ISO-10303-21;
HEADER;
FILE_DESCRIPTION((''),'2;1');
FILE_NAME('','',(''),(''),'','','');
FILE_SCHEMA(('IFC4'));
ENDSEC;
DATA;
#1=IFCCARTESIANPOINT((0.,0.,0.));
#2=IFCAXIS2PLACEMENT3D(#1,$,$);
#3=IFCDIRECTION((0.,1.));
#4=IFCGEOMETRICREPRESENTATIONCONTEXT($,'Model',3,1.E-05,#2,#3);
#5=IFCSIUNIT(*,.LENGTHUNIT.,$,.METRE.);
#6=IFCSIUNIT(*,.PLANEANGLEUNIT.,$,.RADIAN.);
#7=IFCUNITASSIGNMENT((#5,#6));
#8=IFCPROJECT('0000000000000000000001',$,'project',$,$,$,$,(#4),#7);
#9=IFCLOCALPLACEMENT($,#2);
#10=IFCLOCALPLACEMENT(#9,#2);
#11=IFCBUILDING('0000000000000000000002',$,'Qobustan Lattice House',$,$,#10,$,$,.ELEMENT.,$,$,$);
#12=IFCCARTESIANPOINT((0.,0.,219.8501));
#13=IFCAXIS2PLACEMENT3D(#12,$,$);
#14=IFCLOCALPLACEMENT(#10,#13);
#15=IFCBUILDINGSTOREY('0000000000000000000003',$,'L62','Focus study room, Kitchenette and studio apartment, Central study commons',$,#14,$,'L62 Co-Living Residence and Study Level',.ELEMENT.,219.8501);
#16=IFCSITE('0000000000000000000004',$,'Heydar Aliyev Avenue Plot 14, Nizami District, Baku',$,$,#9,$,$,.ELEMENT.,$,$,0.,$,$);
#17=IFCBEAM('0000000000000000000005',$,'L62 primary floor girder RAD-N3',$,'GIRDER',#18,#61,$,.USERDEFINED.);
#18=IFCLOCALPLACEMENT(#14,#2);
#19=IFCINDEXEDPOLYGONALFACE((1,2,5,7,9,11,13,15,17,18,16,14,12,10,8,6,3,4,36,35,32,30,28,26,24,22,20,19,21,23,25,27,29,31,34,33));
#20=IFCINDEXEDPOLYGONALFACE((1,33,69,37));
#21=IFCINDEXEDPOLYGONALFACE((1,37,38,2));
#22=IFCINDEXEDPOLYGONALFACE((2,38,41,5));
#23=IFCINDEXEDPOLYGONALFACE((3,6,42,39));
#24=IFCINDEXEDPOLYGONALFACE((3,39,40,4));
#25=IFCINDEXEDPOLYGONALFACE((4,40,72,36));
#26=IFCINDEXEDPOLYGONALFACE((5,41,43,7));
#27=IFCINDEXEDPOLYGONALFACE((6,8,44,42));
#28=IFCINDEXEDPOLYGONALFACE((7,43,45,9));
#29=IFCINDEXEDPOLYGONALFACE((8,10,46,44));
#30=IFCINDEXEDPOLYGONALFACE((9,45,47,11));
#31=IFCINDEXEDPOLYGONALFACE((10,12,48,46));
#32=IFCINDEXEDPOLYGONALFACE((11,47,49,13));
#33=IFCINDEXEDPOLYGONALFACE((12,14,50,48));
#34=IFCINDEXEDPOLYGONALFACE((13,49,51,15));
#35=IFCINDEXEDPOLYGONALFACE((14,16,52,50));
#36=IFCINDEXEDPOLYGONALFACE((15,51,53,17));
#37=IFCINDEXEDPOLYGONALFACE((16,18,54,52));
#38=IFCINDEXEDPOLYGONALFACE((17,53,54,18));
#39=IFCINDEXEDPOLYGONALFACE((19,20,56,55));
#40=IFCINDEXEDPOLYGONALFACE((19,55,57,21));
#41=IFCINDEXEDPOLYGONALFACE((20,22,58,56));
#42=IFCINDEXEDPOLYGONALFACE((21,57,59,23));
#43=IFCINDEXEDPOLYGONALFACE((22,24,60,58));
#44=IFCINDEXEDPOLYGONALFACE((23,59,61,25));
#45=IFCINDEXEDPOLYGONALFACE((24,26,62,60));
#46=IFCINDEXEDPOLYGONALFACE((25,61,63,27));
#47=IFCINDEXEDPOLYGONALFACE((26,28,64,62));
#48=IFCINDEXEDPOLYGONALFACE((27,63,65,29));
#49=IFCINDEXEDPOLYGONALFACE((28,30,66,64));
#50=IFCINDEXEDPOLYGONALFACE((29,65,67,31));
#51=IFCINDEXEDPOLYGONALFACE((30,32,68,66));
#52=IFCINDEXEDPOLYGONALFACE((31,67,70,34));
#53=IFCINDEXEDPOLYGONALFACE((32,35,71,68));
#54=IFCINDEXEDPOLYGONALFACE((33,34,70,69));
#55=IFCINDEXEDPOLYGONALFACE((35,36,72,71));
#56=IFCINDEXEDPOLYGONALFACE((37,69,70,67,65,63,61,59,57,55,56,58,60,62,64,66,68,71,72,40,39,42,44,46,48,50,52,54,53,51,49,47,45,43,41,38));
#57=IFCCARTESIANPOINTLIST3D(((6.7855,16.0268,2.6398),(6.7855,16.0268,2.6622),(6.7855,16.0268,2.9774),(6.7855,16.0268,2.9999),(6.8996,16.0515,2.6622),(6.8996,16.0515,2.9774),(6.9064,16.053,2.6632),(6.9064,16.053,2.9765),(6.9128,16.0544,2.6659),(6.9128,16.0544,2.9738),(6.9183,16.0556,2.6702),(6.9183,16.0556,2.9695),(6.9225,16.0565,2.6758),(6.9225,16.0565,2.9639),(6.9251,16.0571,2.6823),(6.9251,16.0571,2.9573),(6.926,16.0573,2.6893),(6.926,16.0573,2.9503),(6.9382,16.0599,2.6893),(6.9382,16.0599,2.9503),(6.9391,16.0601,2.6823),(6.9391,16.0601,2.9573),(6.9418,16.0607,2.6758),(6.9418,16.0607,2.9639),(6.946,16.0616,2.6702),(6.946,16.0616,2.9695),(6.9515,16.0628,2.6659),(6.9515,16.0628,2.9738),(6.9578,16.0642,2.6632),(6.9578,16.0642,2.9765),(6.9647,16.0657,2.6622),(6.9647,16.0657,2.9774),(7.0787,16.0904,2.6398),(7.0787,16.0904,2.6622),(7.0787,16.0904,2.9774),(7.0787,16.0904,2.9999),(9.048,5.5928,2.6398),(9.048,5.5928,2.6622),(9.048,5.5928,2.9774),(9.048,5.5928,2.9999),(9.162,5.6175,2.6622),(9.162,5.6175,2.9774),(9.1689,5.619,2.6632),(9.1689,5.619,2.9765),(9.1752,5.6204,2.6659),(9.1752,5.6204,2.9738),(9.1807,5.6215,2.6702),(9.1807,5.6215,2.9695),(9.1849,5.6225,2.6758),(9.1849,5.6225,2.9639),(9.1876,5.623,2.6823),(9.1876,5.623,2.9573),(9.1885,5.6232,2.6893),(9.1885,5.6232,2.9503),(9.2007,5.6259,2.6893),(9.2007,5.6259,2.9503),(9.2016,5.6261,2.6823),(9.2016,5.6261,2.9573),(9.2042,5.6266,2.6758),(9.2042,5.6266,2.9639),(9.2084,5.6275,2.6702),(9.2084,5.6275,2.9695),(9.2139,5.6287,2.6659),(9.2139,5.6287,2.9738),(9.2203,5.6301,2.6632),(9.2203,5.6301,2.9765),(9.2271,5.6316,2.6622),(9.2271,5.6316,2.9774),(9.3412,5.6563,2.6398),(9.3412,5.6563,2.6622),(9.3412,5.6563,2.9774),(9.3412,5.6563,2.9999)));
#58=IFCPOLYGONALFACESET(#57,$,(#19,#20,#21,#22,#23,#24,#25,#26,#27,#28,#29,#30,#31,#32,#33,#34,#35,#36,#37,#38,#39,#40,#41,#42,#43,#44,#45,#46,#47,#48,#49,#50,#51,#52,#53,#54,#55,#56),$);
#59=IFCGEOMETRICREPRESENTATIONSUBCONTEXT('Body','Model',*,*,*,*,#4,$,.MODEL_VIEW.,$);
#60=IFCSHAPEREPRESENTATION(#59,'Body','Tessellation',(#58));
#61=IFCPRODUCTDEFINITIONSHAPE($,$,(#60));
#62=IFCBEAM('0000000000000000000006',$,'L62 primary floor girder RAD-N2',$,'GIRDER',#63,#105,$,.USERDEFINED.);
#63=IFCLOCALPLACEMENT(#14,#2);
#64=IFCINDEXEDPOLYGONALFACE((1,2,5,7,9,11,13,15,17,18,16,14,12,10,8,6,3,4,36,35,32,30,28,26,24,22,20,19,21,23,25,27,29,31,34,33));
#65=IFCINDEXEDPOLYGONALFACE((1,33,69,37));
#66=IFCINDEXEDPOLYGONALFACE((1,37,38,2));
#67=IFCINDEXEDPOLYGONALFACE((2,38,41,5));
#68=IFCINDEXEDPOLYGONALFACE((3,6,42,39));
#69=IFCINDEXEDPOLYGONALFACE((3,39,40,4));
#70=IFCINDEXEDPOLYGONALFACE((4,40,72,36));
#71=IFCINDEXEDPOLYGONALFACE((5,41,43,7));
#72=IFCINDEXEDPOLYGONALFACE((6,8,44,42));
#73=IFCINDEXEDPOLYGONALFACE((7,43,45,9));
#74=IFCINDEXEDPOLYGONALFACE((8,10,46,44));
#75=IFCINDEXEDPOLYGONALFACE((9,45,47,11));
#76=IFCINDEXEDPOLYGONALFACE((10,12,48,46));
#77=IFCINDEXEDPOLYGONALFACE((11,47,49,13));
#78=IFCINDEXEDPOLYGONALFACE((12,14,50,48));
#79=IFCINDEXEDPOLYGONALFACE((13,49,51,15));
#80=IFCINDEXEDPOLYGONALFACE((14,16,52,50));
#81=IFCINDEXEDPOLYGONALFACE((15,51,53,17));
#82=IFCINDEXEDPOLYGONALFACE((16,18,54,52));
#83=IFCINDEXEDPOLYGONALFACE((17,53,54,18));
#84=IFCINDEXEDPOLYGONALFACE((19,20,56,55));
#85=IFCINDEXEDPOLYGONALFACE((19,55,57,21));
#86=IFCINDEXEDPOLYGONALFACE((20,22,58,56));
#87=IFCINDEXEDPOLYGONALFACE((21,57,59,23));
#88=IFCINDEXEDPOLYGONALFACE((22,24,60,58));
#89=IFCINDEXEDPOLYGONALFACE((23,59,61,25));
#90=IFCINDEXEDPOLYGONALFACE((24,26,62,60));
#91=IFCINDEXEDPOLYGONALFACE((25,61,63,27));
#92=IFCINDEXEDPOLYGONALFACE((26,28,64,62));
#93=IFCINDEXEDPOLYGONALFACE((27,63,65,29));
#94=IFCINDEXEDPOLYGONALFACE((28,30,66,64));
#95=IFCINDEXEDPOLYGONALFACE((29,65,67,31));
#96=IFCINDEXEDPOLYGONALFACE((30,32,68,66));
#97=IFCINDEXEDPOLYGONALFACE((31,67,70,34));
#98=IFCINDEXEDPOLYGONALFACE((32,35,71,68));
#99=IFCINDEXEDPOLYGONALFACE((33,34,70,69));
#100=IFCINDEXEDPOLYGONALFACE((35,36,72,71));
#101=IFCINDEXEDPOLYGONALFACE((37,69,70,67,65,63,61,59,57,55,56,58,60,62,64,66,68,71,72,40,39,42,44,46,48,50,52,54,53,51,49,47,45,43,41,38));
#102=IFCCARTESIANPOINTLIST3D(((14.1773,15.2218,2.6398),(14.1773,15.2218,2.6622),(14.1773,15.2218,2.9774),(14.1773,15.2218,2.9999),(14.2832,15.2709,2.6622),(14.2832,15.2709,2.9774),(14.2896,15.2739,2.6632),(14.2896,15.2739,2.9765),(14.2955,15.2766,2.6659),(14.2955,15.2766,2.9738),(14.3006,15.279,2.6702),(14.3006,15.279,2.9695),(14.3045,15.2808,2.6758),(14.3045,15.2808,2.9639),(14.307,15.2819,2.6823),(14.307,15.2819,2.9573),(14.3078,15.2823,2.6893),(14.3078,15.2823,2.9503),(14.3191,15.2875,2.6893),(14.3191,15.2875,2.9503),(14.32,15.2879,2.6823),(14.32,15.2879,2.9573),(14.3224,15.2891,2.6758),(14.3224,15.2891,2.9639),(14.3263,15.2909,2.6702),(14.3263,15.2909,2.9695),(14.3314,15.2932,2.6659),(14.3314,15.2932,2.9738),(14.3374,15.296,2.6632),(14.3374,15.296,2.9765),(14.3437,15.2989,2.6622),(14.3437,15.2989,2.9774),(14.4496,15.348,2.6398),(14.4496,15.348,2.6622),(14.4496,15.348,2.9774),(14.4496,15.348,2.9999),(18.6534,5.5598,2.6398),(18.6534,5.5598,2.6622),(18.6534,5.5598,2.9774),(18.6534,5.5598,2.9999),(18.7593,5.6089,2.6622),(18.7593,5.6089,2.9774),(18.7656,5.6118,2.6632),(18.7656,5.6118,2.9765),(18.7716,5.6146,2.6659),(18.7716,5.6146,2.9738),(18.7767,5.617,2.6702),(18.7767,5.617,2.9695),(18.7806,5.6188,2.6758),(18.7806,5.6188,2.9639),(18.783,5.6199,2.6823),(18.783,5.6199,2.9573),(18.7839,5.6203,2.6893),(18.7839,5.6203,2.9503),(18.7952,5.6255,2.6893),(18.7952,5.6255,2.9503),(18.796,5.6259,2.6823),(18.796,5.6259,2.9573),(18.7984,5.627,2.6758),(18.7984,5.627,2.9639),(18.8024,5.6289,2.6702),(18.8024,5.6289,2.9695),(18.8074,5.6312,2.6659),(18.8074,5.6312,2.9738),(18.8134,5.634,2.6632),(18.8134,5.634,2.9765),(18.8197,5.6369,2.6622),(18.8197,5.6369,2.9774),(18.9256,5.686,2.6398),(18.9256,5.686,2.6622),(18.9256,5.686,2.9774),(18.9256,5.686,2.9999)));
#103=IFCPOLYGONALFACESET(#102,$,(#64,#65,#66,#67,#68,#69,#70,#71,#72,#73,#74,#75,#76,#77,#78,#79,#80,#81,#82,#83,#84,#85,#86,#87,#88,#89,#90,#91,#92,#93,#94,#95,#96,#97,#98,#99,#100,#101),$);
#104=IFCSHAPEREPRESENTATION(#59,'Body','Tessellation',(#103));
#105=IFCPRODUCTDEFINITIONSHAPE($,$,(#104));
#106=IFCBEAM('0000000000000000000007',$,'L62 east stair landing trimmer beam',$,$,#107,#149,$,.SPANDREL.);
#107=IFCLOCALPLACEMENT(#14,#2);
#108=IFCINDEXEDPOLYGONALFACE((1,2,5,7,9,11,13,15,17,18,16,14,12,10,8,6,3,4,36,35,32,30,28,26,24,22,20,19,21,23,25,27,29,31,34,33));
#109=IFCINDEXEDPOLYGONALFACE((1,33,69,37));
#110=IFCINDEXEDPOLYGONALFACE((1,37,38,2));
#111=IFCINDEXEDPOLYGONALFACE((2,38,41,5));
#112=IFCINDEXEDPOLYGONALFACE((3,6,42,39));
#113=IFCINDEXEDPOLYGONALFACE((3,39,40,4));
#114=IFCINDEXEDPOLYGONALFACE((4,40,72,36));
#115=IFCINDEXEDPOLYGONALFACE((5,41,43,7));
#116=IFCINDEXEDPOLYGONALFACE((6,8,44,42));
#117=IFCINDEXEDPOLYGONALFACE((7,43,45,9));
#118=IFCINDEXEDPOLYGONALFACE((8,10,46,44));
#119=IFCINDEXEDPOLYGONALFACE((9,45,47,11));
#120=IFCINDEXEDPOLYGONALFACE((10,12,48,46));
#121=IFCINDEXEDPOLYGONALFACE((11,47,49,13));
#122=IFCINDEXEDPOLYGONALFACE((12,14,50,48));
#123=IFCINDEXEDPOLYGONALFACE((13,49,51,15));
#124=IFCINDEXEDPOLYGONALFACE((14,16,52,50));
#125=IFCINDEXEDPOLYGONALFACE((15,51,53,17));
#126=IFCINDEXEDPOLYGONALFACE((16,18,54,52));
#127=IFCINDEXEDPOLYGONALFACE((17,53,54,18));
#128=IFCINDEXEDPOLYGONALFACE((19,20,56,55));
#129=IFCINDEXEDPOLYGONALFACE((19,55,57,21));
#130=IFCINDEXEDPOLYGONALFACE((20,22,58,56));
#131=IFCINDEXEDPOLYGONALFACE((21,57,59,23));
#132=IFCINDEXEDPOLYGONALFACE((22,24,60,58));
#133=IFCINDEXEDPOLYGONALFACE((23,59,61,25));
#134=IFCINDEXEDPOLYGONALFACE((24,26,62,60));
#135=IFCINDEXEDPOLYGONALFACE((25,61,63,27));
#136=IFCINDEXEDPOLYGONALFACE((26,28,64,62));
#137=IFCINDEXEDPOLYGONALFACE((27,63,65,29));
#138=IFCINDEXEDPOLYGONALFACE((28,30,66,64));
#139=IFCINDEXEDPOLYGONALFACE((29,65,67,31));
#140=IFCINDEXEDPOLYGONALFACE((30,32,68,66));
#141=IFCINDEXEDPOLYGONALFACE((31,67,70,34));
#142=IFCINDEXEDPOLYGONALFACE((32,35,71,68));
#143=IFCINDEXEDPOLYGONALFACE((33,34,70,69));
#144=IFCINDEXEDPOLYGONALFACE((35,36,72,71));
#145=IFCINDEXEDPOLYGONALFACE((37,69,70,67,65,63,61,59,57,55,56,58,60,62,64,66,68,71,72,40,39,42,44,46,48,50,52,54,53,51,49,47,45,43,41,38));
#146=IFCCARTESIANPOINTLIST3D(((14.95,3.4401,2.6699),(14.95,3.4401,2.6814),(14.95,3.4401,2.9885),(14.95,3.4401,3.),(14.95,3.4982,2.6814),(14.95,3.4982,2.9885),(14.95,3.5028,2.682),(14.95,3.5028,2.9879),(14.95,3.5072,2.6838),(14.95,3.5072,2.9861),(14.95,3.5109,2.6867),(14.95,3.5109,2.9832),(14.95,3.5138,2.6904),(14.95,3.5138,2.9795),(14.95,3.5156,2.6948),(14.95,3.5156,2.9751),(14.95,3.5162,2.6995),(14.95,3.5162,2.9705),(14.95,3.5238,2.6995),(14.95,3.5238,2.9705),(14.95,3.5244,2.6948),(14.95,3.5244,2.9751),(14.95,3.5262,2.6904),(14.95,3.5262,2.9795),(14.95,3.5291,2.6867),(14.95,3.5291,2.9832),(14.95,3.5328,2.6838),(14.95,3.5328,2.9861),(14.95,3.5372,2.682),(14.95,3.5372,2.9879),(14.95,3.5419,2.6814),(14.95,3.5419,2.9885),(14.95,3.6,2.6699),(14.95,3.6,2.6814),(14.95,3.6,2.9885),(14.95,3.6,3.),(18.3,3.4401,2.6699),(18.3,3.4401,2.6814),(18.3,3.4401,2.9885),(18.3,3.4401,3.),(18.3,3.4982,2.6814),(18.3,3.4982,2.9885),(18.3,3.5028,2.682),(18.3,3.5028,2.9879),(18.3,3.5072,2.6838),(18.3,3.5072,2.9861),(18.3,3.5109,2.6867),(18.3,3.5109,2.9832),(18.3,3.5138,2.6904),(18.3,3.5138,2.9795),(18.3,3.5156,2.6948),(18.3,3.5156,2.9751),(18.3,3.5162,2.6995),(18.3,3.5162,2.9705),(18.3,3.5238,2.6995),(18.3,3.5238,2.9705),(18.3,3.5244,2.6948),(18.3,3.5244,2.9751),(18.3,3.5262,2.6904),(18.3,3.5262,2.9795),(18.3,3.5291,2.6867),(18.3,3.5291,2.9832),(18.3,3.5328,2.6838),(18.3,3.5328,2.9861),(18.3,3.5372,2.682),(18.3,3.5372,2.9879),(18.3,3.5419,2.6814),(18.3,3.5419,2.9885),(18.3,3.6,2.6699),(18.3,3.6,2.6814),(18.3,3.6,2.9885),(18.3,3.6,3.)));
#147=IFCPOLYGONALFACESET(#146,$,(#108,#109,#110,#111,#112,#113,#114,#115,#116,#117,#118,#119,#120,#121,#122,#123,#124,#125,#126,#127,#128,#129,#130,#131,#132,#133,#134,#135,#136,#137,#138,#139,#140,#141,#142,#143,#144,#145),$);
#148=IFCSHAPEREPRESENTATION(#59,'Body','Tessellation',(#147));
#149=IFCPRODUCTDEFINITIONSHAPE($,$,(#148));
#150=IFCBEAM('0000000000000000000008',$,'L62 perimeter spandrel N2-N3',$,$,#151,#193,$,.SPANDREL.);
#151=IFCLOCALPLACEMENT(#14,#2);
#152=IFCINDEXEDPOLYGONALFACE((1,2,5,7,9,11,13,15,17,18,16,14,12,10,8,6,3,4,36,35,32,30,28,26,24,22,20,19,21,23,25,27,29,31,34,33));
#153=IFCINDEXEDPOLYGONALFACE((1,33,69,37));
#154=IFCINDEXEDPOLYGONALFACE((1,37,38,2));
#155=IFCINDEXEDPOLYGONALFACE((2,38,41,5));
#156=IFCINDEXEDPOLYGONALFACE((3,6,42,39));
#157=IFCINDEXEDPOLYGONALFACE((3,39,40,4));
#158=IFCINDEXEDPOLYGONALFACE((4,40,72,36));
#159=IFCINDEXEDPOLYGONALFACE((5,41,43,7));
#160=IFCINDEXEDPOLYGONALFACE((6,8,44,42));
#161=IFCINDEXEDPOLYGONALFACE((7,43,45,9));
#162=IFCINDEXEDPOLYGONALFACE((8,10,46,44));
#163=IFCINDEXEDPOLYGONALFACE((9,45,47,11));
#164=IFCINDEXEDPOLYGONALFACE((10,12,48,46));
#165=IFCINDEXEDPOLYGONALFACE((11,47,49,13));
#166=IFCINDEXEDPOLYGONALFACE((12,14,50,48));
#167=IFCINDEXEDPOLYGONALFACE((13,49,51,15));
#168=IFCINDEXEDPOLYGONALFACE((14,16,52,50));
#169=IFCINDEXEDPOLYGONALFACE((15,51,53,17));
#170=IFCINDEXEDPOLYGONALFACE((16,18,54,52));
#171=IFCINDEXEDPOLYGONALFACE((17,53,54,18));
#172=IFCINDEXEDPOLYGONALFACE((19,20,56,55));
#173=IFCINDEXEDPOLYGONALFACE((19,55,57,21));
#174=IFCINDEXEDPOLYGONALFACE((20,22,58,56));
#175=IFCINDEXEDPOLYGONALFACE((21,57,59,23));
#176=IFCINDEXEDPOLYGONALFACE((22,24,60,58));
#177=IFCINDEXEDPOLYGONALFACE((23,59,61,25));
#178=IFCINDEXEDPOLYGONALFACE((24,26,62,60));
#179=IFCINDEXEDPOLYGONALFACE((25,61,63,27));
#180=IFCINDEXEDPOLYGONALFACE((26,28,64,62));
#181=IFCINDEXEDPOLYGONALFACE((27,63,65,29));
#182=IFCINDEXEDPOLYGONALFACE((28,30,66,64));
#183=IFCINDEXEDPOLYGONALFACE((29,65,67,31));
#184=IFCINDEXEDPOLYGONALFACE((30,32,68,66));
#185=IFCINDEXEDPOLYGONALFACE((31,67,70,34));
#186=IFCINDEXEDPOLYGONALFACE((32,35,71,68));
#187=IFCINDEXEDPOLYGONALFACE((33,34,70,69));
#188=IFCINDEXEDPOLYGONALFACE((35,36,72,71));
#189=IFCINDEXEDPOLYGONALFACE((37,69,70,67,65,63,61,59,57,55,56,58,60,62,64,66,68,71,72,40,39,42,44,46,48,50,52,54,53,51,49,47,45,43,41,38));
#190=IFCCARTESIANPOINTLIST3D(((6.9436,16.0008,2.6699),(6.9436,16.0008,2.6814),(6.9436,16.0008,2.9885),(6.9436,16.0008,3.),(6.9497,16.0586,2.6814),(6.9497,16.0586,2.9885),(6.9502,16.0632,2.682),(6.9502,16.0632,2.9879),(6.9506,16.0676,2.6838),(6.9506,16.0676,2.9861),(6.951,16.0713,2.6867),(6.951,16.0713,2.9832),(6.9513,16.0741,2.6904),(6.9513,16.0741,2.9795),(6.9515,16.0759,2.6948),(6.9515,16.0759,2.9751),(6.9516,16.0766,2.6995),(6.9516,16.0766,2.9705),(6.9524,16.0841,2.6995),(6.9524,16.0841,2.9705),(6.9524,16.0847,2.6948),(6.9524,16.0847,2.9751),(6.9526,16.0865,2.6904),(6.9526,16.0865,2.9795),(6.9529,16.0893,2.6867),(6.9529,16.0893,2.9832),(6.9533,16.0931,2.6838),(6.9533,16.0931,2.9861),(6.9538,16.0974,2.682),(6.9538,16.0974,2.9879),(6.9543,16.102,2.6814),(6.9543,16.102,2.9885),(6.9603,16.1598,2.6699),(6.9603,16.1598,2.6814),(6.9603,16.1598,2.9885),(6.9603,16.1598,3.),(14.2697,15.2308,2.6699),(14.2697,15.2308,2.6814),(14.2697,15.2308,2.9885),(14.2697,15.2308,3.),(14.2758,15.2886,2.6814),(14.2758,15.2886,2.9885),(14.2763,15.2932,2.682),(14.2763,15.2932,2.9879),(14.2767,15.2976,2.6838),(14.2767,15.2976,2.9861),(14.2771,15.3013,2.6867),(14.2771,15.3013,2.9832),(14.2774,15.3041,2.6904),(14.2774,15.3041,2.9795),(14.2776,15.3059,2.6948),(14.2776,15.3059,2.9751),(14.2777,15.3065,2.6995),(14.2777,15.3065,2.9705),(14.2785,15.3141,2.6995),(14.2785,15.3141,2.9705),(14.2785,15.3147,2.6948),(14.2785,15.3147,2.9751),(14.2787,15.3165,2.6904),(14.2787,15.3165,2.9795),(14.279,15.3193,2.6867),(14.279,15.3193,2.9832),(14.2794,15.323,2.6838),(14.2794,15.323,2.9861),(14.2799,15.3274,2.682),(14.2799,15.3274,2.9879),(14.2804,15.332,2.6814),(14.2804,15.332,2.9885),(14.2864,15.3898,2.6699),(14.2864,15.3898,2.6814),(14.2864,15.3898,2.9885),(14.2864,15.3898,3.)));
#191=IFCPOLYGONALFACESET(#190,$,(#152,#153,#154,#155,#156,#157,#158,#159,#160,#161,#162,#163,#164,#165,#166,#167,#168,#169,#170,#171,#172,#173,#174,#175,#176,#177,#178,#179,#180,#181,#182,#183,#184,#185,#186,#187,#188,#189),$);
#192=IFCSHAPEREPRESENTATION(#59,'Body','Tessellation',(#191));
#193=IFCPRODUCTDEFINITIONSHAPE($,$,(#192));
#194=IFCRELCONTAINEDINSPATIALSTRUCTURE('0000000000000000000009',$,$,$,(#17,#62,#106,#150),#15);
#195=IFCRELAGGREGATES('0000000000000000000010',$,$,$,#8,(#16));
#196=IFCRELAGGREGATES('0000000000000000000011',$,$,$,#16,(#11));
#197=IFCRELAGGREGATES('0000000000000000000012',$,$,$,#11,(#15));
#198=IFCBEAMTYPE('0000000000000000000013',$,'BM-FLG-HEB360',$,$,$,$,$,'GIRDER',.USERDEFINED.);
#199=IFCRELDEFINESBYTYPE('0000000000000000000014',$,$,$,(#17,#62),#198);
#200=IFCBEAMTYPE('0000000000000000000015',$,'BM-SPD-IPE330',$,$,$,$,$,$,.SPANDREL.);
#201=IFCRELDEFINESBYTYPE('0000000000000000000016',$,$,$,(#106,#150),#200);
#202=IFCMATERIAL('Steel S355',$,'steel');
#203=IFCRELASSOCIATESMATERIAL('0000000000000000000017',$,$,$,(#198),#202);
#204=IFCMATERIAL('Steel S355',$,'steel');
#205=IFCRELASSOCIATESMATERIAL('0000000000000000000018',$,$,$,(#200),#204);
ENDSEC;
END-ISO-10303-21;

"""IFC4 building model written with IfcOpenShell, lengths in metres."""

from ifc_helpers import new_model, si_unit, direction, frame, origin, origin_2d, place, context, subcontext, project, spatial, i_section, extrude, material, material_profile, profile_set, type_object, element, save


model = new_model("IFC4")

# Units and contexts
model_context = context("Model", 3, precision=1e-05, world=origin(), true_north=direction((0.0, 1.0)))
body_context = subcontext(model_context, "Body", "Model", "MODEL_VIEW")
ifc_project = project(units=[si_unit("LENGTHUNIT", "METRE"), si_unit("PLANEANGLEUNIT", "RADIAN")], contexts=[model_context])

# Site, building, storey
site_placement = place(None, origin())
site = spatial("IfcSite", under=ifc_project, at=site_placement, Name="Heydar Aliyev Avenue Plot 14, Nizami District, Baku", CompositionType="ELEMENT", RefElevation=0.0)
building_placement = place(site_placement, origin())
building = spatial("IfcBuilding", under=site, at=building_placement, Name="Qobustan Lattice House", CompositionType="ELEMENT")
storey_placement = place(building_placement, frame((0.0, 0.0, 219.8501)))
storey = spatial("IfcBuildingStorey", under=building, at=storey_placement, Name="L62", Description="Focus study room, Kitchenette and studio apartment, Central study commons", LongName="L62 Co-Living Residence and Study Level", CompositionType="ELEMENT", Elevation=219.8501)

# Beams
ifc_material_1 = material(Name="Steel S355", Category="steel")
ifc_material_profile_1 = material_profile(ifc_material_1, i_section(OverallWidth=0.3, OverallDepth=0.3601, WebThickness=0.0125, FlangeThickness=0.0225, FilletRadius=0.0271, at=origin_2d()), Name="HEB360")
ifc_profile_set_1 = profile_set([ifc_material_profile_1], Name="Steel S355")
beam_type_1 = type_object("IfcBeamType", Name="BM-FLG-HEB360", ElementType="GIRDER", PredefinedType="USERDEFINED", material=ifc_profile_set_1)
beam_1_placement = place(storey_placement, frame((6.9321, 16.0586, 2.8198), z_axis=(0.211908, -0.97729, 0.0), x_axis=(0.97729, 0.211908, 0.0)))
element("IfcBeam", 1, at=beam_1_placement, inside=storey, type_object=beam_type_1, Name="L62 primary floor girder RAD-N3", ObjectType="GIRDER", PredefinedType="USERDEFINED", context=body_context, shape_type="SweptSolid", body=[
    extrude(i_section(OverallWidth=0.3, OverallDepth=0.3601, WebThickness=0.0125, FlangeThickness=0.0225, FilletRadius=0.0271, at=origin_2d()), origin(), (0.0, 0.0, 1.0), 10.6765),
])
beam_2_placement = place(storey_placement, frame((14.3135, 15.2849, 2.8198), z_axis=(0.420346, -0.907364, 0.0), x_axis=(0.907364, 0.420346, 0.0)))
element("IfcBeam", 2, at=beam_2_placement, inside=storey, type_object=beam_type_1, Name="L62 primary floor girder RAD-N2", ObjectType="GIRDER", PredefinedType="USERDEFINED", context=body_context, shape_type="SweptSolid", body=[
    extrude(i_section(OverallWidth=0.3, OverallDepth=0.3601, WebThickness=0.0125, FlangeThickness=0.0225, FilletRadius=0.0271, at=origin_2d()), origin(), (0.0, 0.0, 1.0), 10.6484),
])
ifc_material_2 = material(Name="Steel S355", Category="steel")
ifc_material_profile_2 = material_profile(ifc_material_2, i_section(OverallWidth=0.1599, OverallDepth=0.3301, WebThickness=0.0076, FlangeThickness=0.0115, FilletRadius=0.0181, at=origin_2d()), Name="IPE330")
ifc_profile_set_2 = profile_set([ifc_material_profile_2], Name="Steel S355")
beam_type_2 = type_object("IfcBeamType", Name="BM-SPD-IPE330", PredefinedType="SPANDREL", material=ifc_profile_set_2)
beam_3_placement = place(storey_placement, frame((14.95, 3.52, 2.835), z_axis=(1.0, 0.0, 0.0), x_axis=(0.0, 1.0, 0.0)))
element("IfcBeam", 3, at=beam_3_placement, inside=storey, type_object=beam_type_2, Name="L62 east stair landing trimmer beam", PredefinedType="SPANDREL", context=body_context, shape_type="SweptSolid", body=[
    extrude(i_section(OverallWidth=0.1599, OverallDepth=0.3301, WebThickness=0.0076, FlangeThickness=0.0115, FilletRadius=0.0181, at=origin_2d()), origin(), (0.0, 0.0, 1.0), 3.3501),
])
beam_4_placement = place(storey_placement, frame((14.2781, 15.3103, 2.835), z_axis=(-0.994522, 0.10453, 0.0), x_axis=(-0.10453, -0.994522, 0.0)))
element("IfcBeam", 4, at=beam_4_placement, inside=storey, type_object=beam_type_2, Name="L62 perimeter spandrel N2-N3", PredefinedType="SPANDREL", context=body_context, shape_type="SweptSolid", body=[
    extrude(i_section(OverallWidth=0.1599, OverallDepth=0.3301, WebThickness=0.0076, FlangeThickness=0.0115, FilletRadius=0.0181, at=origin_2d()), origin(), (0.0, 0.0, 1.0), 7.3665),
])

save(model, "model.ifc")
